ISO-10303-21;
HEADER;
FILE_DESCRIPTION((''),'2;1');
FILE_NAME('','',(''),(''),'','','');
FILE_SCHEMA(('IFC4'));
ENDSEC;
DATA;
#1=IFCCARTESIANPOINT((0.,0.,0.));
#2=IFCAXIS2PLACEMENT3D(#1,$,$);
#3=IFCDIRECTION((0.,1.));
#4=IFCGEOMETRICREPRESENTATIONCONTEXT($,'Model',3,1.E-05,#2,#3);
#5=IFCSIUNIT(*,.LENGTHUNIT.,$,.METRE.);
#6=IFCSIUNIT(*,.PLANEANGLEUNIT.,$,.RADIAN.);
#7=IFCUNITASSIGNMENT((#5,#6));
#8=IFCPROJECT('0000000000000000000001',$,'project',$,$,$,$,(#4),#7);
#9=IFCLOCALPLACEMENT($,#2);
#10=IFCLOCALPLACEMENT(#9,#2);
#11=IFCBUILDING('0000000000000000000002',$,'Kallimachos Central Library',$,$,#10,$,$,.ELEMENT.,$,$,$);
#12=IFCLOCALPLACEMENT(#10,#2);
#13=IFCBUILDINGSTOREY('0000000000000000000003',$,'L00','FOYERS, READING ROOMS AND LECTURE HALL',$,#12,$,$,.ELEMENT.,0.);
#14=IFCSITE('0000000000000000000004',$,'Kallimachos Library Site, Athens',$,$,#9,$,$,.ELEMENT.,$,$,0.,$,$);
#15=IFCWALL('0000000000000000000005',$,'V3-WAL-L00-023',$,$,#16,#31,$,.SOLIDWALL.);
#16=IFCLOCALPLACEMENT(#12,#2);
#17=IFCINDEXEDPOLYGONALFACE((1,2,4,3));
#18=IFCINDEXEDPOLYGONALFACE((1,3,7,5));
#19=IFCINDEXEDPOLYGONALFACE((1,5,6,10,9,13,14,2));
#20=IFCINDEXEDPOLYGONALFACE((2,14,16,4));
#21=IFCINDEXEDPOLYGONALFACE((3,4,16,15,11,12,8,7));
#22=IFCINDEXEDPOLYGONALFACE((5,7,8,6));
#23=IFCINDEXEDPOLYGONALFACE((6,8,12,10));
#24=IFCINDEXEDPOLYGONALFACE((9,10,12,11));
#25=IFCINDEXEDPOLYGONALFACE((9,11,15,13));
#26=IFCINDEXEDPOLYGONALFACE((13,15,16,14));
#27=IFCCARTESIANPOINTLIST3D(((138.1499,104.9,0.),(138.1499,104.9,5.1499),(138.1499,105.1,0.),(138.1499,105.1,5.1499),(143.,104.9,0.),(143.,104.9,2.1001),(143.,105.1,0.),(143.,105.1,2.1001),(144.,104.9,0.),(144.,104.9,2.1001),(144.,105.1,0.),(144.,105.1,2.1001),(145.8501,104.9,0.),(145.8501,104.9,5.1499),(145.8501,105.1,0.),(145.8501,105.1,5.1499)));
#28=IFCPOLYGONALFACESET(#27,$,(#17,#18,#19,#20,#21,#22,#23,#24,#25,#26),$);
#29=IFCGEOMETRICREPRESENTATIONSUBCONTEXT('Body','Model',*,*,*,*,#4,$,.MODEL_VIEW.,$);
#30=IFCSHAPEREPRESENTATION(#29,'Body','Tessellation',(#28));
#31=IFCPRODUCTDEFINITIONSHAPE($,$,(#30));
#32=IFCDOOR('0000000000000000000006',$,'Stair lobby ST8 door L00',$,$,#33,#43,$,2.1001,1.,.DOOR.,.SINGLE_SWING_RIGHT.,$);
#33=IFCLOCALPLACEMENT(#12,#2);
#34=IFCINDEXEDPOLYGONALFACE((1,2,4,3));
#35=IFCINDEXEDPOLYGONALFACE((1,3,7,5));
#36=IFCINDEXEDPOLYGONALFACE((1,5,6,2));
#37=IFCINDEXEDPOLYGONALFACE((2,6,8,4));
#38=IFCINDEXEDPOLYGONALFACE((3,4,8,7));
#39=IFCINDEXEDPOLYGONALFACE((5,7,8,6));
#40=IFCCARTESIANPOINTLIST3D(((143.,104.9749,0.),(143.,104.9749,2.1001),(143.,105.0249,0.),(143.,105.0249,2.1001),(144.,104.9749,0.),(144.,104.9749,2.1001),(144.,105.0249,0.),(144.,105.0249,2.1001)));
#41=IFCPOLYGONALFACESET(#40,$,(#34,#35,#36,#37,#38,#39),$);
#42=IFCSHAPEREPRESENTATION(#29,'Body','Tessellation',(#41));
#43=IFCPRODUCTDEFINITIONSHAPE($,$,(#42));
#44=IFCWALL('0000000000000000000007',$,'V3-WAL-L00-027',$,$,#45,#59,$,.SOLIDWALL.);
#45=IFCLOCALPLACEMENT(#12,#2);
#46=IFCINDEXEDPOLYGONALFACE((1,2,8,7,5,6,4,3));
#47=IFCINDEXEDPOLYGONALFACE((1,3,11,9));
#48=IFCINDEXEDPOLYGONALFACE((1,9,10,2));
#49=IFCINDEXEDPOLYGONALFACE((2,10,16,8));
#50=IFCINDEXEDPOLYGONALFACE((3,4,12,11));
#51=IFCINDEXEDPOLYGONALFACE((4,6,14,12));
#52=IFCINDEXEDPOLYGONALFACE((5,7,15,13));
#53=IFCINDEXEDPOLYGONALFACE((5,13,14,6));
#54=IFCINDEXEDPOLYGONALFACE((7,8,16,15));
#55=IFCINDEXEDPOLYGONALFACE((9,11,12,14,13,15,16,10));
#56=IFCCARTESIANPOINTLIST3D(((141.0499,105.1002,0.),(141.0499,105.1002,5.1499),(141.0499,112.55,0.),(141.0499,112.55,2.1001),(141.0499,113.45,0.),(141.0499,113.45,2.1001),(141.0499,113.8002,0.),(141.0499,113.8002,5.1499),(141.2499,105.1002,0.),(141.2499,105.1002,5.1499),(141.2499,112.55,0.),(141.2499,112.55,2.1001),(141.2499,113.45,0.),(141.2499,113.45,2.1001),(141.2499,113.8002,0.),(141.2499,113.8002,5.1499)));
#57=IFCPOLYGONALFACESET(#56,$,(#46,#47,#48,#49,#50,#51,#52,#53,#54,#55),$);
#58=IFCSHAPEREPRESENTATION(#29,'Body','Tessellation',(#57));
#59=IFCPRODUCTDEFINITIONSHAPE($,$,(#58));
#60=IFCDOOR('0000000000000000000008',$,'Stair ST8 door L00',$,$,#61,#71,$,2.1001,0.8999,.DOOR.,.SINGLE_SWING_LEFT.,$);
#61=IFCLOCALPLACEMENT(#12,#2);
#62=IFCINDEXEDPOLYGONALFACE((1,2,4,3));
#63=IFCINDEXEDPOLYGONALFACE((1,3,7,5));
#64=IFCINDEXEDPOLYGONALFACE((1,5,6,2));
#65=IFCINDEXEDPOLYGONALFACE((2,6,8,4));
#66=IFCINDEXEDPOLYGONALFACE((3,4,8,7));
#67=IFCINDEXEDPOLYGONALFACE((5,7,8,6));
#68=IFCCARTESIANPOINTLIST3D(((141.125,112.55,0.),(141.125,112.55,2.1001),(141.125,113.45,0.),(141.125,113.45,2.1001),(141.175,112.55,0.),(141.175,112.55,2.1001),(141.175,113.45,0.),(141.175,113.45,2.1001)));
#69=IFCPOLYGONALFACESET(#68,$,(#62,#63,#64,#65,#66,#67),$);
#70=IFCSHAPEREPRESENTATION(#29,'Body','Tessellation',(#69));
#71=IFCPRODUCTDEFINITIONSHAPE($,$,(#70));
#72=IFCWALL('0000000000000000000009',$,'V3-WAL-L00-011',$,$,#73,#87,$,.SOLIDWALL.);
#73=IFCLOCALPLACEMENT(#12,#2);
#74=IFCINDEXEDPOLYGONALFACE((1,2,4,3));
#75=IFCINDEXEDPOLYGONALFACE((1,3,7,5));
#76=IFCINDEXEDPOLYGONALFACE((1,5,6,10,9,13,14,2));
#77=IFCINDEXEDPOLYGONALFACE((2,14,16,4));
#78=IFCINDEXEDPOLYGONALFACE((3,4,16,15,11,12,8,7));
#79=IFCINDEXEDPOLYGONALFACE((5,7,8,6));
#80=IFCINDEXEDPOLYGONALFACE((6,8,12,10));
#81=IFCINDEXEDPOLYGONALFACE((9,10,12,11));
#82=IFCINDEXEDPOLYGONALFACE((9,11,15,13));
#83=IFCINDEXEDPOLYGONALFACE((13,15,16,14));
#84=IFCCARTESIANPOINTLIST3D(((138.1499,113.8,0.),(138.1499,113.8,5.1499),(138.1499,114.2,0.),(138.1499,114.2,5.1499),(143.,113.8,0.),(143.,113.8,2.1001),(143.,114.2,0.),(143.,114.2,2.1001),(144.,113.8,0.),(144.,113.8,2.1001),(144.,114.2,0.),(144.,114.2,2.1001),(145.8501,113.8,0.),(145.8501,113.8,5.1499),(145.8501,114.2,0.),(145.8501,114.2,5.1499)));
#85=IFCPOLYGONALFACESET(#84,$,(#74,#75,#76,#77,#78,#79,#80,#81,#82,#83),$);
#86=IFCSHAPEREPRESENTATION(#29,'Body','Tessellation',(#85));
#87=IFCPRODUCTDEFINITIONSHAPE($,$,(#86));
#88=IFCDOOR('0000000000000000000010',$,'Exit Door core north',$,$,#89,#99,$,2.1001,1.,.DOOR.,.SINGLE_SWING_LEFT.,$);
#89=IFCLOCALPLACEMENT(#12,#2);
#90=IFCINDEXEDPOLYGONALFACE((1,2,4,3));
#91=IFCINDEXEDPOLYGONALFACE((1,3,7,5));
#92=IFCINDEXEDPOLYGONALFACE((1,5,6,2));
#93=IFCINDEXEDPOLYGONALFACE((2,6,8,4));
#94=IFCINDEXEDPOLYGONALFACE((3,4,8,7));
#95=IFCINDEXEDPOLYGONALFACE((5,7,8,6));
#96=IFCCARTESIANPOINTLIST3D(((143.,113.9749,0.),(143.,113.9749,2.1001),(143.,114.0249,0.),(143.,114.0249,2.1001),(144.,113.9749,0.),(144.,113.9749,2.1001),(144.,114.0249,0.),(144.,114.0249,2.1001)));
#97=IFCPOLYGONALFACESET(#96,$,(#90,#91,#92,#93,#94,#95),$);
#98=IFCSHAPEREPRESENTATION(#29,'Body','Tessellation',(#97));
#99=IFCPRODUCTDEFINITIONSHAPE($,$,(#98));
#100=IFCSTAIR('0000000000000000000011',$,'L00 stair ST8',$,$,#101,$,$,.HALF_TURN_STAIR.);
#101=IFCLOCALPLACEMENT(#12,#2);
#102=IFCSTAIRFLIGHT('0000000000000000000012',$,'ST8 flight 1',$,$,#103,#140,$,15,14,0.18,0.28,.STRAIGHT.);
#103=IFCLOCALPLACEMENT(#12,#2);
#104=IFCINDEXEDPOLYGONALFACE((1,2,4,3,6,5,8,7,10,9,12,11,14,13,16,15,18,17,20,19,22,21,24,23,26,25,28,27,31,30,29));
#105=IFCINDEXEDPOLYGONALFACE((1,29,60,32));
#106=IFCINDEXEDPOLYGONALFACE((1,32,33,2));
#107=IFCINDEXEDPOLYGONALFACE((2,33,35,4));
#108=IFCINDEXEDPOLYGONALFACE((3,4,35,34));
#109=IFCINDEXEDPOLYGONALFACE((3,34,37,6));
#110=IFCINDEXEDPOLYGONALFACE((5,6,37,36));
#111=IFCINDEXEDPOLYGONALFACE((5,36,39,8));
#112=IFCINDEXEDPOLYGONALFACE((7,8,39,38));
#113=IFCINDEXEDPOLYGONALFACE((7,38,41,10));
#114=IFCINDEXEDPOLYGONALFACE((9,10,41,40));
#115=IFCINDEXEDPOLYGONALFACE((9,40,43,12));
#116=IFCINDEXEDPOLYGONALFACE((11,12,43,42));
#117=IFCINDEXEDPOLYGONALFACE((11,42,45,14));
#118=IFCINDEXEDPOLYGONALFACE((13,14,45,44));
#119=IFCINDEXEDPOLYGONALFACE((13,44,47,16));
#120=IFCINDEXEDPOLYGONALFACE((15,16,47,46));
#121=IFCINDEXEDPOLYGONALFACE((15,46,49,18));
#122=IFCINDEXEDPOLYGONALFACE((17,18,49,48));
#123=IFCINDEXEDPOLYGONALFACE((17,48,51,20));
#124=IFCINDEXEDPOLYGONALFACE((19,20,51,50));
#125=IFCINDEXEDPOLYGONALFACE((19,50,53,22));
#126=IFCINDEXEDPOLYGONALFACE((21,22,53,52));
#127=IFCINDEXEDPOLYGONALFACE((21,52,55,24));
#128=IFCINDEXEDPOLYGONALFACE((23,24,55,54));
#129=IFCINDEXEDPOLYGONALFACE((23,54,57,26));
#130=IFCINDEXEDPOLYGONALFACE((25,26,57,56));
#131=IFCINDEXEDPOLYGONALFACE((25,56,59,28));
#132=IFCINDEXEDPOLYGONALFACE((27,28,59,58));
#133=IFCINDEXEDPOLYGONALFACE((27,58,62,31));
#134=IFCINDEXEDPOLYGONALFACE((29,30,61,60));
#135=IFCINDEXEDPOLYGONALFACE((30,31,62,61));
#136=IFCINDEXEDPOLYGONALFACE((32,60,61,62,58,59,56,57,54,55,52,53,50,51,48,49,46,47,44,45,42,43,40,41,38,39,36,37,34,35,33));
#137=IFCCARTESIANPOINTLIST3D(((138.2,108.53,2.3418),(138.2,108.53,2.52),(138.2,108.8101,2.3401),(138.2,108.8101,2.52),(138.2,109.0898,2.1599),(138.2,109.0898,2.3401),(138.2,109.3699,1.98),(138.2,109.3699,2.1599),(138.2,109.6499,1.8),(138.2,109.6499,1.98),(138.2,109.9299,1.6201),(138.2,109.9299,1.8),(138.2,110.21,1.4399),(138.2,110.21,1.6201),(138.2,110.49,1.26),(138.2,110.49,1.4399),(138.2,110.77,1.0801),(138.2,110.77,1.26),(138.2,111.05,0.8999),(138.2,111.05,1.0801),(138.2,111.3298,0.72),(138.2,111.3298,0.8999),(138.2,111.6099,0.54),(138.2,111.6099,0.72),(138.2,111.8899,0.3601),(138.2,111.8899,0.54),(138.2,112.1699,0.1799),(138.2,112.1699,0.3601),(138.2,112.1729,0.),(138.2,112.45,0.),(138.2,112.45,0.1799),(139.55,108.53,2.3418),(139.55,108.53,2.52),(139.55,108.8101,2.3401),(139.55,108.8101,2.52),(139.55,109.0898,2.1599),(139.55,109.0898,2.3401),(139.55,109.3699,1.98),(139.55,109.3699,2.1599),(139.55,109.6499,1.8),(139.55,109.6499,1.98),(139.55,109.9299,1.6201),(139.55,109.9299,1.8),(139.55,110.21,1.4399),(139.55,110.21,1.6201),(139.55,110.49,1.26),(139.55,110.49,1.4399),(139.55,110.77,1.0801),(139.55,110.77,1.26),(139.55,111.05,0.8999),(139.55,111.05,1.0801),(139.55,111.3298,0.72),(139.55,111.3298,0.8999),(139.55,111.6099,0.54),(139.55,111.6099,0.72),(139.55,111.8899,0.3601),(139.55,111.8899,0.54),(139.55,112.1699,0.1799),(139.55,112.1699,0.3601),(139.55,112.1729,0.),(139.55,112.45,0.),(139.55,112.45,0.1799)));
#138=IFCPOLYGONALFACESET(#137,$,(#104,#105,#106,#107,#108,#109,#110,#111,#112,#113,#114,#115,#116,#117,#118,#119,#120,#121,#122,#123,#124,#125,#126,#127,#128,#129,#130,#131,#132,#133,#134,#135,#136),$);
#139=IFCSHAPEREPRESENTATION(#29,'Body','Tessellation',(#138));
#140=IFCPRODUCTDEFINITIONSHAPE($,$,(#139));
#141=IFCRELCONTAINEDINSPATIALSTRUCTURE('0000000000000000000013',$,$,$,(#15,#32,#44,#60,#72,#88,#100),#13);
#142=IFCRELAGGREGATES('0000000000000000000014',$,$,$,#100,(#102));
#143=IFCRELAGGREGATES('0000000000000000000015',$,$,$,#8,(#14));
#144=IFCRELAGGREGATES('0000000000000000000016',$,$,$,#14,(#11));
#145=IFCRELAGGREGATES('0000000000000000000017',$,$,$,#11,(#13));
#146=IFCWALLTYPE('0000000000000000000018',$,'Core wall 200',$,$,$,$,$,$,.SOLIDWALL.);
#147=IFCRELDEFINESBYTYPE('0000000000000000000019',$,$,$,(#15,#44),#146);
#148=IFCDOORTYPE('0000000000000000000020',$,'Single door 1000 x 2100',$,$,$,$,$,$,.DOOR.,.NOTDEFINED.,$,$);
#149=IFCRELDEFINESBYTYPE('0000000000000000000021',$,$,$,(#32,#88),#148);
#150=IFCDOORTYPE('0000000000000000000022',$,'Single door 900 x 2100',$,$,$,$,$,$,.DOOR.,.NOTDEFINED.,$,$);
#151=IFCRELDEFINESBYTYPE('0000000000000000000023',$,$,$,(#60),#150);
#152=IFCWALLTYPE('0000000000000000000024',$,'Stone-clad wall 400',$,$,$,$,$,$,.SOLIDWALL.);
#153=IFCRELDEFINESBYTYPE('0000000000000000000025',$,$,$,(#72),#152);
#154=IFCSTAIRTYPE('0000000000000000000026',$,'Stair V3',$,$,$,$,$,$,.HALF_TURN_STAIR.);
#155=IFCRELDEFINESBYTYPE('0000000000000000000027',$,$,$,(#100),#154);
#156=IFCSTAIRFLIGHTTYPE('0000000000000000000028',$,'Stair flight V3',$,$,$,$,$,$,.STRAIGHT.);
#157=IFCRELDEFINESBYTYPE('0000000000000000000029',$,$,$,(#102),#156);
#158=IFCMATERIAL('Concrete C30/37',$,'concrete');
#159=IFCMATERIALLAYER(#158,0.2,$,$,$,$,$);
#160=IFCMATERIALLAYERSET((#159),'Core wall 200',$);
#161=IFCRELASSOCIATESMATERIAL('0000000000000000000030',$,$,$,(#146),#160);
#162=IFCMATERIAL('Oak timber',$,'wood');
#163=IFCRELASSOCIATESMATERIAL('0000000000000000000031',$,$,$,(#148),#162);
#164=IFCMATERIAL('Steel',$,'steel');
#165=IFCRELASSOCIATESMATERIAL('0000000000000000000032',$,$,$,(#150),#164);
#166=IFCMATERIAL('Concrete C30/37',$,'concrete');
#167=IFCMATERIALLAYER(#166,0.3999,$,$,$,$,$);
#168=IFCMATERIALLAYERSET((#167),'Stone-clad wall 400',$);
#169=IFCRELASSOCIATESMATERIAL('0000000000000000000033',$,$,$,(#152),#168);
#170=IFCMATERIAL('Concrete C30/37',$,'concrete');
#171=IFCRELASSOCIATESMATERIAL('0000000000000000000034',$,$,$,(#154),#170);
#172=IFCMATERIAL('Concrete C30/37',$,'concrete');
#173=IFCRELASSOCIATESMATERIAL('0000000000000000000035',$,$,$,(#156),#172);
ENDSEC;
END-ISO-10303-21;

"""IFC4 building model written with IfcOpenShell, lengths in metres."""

from ifc_helpers import new_model, si_unit, direction, frame, frame_2d, origin, place, context, subcontext, project, spatial, polyline, rectangle, outline, extrude, material, layer, layer_set, type_object, element, fill, aggregate, save


model = new_model("IFC4")

# Units and contexts
model_context = context("Model", 3, precision=1e-05, world=origin(), true_north=direction((0.0, 1.0)))
body_context = subcontext(model_context, "Body", "Model", "MODEL_VIEW")
ifc_project = project(units=[si_unit("LENGTHUNIT", "METRE"), si_unit("PLANEANGLEUNIT", "RADIAN")], contexts=[model_context])

# Site, building, storey
site_placement = place(None, origin())
site = spatial("IfcSite", under=ifc_project, at=site_placement, Name="Kallimachos Library Site, Athens", CompositionType="ELEMENT", RefElevation=0.0)
building_placement = place(site_placement, origin())
building = spatial("IfcBuilding", under=site, at=building_placement, Name="Kallimachos Central Library", CompositionType="ELEMENT")
storey_placement = place(building_placement, origin())
storey = spatial("IfcBuildingStorey", under=building, at=storey_placement, Name="L00", Description="FOYERS, READING ROOMS AND LECTURE HALL", CompositionType="ELEMENT", Elevation=0.0)

# Shared definitions
ifc_material_1 = material(Name="Concrete C30/37", Category="concrete")
ifc_layer_1 = layer(ifc_material_1, 0.2)
ifc_layer_set_1 = layer_set([ifc_layer_1], Name="Core wall 200")
wall_type_1 = type_object("IfcWallType", Name="Core wall 200", PredefinedType="SOLIDWALL", material=ifc_layer_set_1)

# Walls, openings, doors
wall_1_placement = place(storey_placement, frame((138.1499, 105.0, 0.0), z_axis=(0.0, 0.0, 1.0), x_axis=(1.0, 0.0, 0.0)))
wall_1 = element("IfcWall", 1, at=wall_1_placement, inside=storey, type_object=wall_type_1, Name="V3-WAL-L00-023", PredefinedType="SOLIDWALL", context=body_context, shape_type="SweptSolid", body=[
    extrude(rectangle(XDim=7.7002, YDim=0.2, at=frame_2d((3.8501, 0.0))), origin(), (0.0, 0.0, 1.0), 5.1499),
])
opening_1_placement = place(wall_1_placement, frame((4.8501, 0.0, 0.0)))
opening_1 = element("IfcOpeningElement", 2, at=opening_1_placement, cuts=wall_1, PredefinedType="OPENING", context=body_context, shape_type="SweptSolid", body=[
    extrude(rectangle(XDim=1.0, YDim=2.1001, at=frame_2d((0.5, 1.05))), frame((0.0, 0.1099, 0.0), z_axis=(0.0, -1.0, 0.0), x_axis=(1.0, 0.0, 0.0)), (0.0, 0.0, 1.0), 0.22),
])
ifc_material_2 = material(Name="Oak timber", Category="wood")
door_type_1 = type_object("IfcDoorType", Name="Single door 1000 x 2100", OperationType="NOTDEFINED", PredefinedType="DOOR", material=ifc_material_2)
door_1_placement = place(opening_1_placement, origin())
door_1 = element("IfcDoor", 3, at=door_1_placement, inside=storey, type_object=door_type_1, Name="Stair lobby ST8 door L00", OperationType="SINGLE_SWING_RIGHT", OverallHeight=2.1001, OverallWidth=1.0, PredefinedType="DOOR", context=body_context, shape_type="SweptSolid", body=[
    extrude(rectangle(XDim=1.0, YDim=2.1001, at=frame_2d((0.5, 1.05))), frame((0.0, 0.0249, 0.0), z_axis=(0.0, -1.0, 0.0), x_axis=(1.0, 0.0, 0.0)), (0.0, 0.0, 1.0), 0.05),
])
fill(opening_1, door_1)
wall_2_placement = place(storey_placement, frame((141.1499, 105.1001, 0.0), z_axis=(0.0, 0.0, 1.0), x_axis=(0.0, 1.0, 0.0)))
wall_2 = element("IfcWall", 4, at=wall_2_placement, inside=storey, type_object=wall_type_1, Name="V3-WAL-L00-027", PredefinedType="SOLIDWALL", context=body_context, shape_type="SweptSolid", body=[
    extrude(rectangle(XDim=8.7, YDim=0.2, at=frame_2d((4.3501, 0.0))), origin(), (0.0, 0.0, 1.0), 5.1499),
])
opening_2_placement = place(wall_2_placement, frame((7.45, 0.0, 0.0)))
opening_2 = element("IfcOpeningElement", 5, at=opening_2_placement, cuts=wall_2, PredefinedType="OPENING", context=body_context, shape_type="SweptSolid", body=[
    extrude(rectangle(XDim=0.8999, YDim=2.1001, at=frame_2d((0.45, 1.05))), frame((0.0, 0.1099, 0.0), z_axis=(0.0, -1.0, 0.0), x_axis=(1.0, 0.0, 0.0)), (0.0, 0.0, 1.0), 0.22),
])
ifc_material_3 = material(Name="Steel", Category="steel")
door_type_2 = type_object("IfcDoorType", Name="Single door 900 x 2100", OperationType="NOTDEFINED", PredefinedType="DOOR", material=ifc_material_3)
door_2_placement = place(opening_2_placement, origin())
door_2 = element("IfcDoor", 6, at=door_2_placement, inside=storey, type_object=door_type_2, Name="Stair ST8 door L00", OperationType="SINGLE_SWING_LEFT", OverallHeight=2.1001, OverallWidth=0.8999, PredefinedType="DOOR", context=body_context, shape_type="SweptSolid", body=[
    extrude(rectangle(XDim=0.8999, YDim=2.1001, at=frame_2d((0.45, 1.05))), frame((0.0, 0.0249, 0.0), z_axis=(0.0, -1.0, 0.0), x_axis=(1.0, 0.0, 0.0)), (0.0, 0.0, 1.0), 0.05),
])
fill(opening_2, door_2)

# Wall, opening, door
ifc_material_4 = material(Name="Concrete C30/37", Category="concrete")
ifc_layer_2 = layer(ifc_material_4, 0.3999)
ifc_layer_set_2 = layer_set([ifc_layer_2], Name="Stone-clad wall 400")
wall_type_2 = type_object("IfcWallType", Name="Stone-clad wall 400", PredefinedType="SOLIDWALL", material=ifc_layer_set_2)
wall_3_placement = place(storey_placement, frame((138.1499, 114.0, 0.0), z_axis=(0.0, 0.0, 1.0), x_axis=(1.0, 0.0, 0.0)))
wall_3 = element("IfcWall", 7, at=wall_3_placement, inside=storey, type_object=wall_type_2, Name="V3-WAL-L00-011", PredefinedType="SOLIDWALL", context=body_context, shape_type="SweptSolid", body=[
    extrude(rectangle(XDim=7.7002, YDim=0.3999, at=frame_2d((3.8501, 0.0))), origin(), (0.0, 0.0, 1.0), 5.1499),
])
opening_3_placement = place(wall_3_placement, frame((4.8501, 0.0, 0.0)))
opening_3 = element("IfcOpeningElement", 8, at=opening_3_placement, cuts=wall_3, PredefinedType="OPENING", context=body_context, shape_type="SweptSolid", body=[
    extrude(rectangle(XDim=1.0, YDim=2.1001, at=frame_2d((0.5, 1.05))), frame((0.0, 0.21, 0.0), z_axis=(0.0, -1.0, 0.0), x_axis=(1.0, 0.0, 0.0)), (0.0, 0.0, 1.0), 0.4199),
])
door_3_placement = place(opening_3_placement, origin())
door_3 = element("IfcDoor", 9, at=door_3_placement, inside=storey, type_object=door_type_1, Name="Exit Door core north", OperationType="SINGLE_SWING_LEFT", OverallHeight=2.1001, OverallWidth=1.0, PredefinedType="DOOR", context=body_context, shape_type="SweptSolid", body=[
    extrude(rectangle(XDim=1.0, YDim=2.1001, at=frame_2d((0.5, 1.05))), frame((0.0, 0.0249, 0.0), z_axis=(0.0, -1.0, 0.0), x_axis=(1.0, 0.0, 0.0)), (0.0, 0.0, 1.0), 0.05),
])
fill(opening_3, door_3)

# Stair, stair flight
ifc_material_5 = material(Name="Concrete C30/37", Category="concrete")
stair_type = type_object("IfcStairType", Name="Stair V3", PredefinedType="HALF_TURN_STAIR", material=ifc_material_5)
stair_placement = place(storey_placement, origin())
stair = element("IfcStair", 10, at=stair_placement, inside=storey, type_object=stair_type, Name="L00 stair ST8", PredefinedType="HALF_TURN_STAIR")
ifc_material_6 = material(Name="Concrete C30/37", Category="concrete")
stair_flight_type = type_object("IfcStairFlightType", Name="Stair flight V3", PredefinedType="STRAIGHT", material=ifc_material_6)
stair_flight_1_placement = place(storey_placement, frame((138.875, 112.45, 0.0), z_axis=(0.0, 0.0, 1.0), x_axis=(0.0, -1.0, 0.0)))
stair_flight_1 = element("IfcStairFlight", 11, at=stair_flight_1_placement, type_object=stair_flight_type, Name="ST8 flight 1", NumberOfRisers=15, NumberOfTreads=14, PredefinedType="STRAIGHT", RiserHeight=0.18, TreadLength=0.28, context=body_context, shape_type="SweptSolid", body=[
    extrude(outline(polyline([(0.0, 0.0), (0.0, 0.1799), (0.28, 0.1799), (0.28, 0.3601), (0.5601, 0.3601), (0.5601, 0.54), (0.8401, 0.54), (0.8401, 0.72), (1.1201, 0.72), (1.1201, 0.8999), (1.3999, 0.8999), (1.3999, 1.0801), (1.6799, 1.0801), (1.6799, 1.26), (1.96, 1.26), (1.96, 1.4399), (2.24, 1.4399), (2.24, 1.6201), (2.52, 1.6201), (2.52, 1.8), (2.8, 1.8), (2.8, 1.98), (3.0801, 1.98), (3.0801, 2.1599), (3.3601, 2.1599), (3.3601, 2.3401), (3.6399, 2.3401), (3.6399, 2.52), (3.9199, 2.52), (3.9199, 2.7), (3.9199, 2.3418), (0.2771, 0.0), (0.0, 0.0)])), frame((0.0, 0.675, 0.0), z_axis=(0.0, -1.0, 0.0), x_axis=(1.0, 0.0, 0.0)), (0.0, 0.0, 1.0), 1.3501),
])
aggregate(stair, [stair_flight_1])

save(model, "model.ifc")
